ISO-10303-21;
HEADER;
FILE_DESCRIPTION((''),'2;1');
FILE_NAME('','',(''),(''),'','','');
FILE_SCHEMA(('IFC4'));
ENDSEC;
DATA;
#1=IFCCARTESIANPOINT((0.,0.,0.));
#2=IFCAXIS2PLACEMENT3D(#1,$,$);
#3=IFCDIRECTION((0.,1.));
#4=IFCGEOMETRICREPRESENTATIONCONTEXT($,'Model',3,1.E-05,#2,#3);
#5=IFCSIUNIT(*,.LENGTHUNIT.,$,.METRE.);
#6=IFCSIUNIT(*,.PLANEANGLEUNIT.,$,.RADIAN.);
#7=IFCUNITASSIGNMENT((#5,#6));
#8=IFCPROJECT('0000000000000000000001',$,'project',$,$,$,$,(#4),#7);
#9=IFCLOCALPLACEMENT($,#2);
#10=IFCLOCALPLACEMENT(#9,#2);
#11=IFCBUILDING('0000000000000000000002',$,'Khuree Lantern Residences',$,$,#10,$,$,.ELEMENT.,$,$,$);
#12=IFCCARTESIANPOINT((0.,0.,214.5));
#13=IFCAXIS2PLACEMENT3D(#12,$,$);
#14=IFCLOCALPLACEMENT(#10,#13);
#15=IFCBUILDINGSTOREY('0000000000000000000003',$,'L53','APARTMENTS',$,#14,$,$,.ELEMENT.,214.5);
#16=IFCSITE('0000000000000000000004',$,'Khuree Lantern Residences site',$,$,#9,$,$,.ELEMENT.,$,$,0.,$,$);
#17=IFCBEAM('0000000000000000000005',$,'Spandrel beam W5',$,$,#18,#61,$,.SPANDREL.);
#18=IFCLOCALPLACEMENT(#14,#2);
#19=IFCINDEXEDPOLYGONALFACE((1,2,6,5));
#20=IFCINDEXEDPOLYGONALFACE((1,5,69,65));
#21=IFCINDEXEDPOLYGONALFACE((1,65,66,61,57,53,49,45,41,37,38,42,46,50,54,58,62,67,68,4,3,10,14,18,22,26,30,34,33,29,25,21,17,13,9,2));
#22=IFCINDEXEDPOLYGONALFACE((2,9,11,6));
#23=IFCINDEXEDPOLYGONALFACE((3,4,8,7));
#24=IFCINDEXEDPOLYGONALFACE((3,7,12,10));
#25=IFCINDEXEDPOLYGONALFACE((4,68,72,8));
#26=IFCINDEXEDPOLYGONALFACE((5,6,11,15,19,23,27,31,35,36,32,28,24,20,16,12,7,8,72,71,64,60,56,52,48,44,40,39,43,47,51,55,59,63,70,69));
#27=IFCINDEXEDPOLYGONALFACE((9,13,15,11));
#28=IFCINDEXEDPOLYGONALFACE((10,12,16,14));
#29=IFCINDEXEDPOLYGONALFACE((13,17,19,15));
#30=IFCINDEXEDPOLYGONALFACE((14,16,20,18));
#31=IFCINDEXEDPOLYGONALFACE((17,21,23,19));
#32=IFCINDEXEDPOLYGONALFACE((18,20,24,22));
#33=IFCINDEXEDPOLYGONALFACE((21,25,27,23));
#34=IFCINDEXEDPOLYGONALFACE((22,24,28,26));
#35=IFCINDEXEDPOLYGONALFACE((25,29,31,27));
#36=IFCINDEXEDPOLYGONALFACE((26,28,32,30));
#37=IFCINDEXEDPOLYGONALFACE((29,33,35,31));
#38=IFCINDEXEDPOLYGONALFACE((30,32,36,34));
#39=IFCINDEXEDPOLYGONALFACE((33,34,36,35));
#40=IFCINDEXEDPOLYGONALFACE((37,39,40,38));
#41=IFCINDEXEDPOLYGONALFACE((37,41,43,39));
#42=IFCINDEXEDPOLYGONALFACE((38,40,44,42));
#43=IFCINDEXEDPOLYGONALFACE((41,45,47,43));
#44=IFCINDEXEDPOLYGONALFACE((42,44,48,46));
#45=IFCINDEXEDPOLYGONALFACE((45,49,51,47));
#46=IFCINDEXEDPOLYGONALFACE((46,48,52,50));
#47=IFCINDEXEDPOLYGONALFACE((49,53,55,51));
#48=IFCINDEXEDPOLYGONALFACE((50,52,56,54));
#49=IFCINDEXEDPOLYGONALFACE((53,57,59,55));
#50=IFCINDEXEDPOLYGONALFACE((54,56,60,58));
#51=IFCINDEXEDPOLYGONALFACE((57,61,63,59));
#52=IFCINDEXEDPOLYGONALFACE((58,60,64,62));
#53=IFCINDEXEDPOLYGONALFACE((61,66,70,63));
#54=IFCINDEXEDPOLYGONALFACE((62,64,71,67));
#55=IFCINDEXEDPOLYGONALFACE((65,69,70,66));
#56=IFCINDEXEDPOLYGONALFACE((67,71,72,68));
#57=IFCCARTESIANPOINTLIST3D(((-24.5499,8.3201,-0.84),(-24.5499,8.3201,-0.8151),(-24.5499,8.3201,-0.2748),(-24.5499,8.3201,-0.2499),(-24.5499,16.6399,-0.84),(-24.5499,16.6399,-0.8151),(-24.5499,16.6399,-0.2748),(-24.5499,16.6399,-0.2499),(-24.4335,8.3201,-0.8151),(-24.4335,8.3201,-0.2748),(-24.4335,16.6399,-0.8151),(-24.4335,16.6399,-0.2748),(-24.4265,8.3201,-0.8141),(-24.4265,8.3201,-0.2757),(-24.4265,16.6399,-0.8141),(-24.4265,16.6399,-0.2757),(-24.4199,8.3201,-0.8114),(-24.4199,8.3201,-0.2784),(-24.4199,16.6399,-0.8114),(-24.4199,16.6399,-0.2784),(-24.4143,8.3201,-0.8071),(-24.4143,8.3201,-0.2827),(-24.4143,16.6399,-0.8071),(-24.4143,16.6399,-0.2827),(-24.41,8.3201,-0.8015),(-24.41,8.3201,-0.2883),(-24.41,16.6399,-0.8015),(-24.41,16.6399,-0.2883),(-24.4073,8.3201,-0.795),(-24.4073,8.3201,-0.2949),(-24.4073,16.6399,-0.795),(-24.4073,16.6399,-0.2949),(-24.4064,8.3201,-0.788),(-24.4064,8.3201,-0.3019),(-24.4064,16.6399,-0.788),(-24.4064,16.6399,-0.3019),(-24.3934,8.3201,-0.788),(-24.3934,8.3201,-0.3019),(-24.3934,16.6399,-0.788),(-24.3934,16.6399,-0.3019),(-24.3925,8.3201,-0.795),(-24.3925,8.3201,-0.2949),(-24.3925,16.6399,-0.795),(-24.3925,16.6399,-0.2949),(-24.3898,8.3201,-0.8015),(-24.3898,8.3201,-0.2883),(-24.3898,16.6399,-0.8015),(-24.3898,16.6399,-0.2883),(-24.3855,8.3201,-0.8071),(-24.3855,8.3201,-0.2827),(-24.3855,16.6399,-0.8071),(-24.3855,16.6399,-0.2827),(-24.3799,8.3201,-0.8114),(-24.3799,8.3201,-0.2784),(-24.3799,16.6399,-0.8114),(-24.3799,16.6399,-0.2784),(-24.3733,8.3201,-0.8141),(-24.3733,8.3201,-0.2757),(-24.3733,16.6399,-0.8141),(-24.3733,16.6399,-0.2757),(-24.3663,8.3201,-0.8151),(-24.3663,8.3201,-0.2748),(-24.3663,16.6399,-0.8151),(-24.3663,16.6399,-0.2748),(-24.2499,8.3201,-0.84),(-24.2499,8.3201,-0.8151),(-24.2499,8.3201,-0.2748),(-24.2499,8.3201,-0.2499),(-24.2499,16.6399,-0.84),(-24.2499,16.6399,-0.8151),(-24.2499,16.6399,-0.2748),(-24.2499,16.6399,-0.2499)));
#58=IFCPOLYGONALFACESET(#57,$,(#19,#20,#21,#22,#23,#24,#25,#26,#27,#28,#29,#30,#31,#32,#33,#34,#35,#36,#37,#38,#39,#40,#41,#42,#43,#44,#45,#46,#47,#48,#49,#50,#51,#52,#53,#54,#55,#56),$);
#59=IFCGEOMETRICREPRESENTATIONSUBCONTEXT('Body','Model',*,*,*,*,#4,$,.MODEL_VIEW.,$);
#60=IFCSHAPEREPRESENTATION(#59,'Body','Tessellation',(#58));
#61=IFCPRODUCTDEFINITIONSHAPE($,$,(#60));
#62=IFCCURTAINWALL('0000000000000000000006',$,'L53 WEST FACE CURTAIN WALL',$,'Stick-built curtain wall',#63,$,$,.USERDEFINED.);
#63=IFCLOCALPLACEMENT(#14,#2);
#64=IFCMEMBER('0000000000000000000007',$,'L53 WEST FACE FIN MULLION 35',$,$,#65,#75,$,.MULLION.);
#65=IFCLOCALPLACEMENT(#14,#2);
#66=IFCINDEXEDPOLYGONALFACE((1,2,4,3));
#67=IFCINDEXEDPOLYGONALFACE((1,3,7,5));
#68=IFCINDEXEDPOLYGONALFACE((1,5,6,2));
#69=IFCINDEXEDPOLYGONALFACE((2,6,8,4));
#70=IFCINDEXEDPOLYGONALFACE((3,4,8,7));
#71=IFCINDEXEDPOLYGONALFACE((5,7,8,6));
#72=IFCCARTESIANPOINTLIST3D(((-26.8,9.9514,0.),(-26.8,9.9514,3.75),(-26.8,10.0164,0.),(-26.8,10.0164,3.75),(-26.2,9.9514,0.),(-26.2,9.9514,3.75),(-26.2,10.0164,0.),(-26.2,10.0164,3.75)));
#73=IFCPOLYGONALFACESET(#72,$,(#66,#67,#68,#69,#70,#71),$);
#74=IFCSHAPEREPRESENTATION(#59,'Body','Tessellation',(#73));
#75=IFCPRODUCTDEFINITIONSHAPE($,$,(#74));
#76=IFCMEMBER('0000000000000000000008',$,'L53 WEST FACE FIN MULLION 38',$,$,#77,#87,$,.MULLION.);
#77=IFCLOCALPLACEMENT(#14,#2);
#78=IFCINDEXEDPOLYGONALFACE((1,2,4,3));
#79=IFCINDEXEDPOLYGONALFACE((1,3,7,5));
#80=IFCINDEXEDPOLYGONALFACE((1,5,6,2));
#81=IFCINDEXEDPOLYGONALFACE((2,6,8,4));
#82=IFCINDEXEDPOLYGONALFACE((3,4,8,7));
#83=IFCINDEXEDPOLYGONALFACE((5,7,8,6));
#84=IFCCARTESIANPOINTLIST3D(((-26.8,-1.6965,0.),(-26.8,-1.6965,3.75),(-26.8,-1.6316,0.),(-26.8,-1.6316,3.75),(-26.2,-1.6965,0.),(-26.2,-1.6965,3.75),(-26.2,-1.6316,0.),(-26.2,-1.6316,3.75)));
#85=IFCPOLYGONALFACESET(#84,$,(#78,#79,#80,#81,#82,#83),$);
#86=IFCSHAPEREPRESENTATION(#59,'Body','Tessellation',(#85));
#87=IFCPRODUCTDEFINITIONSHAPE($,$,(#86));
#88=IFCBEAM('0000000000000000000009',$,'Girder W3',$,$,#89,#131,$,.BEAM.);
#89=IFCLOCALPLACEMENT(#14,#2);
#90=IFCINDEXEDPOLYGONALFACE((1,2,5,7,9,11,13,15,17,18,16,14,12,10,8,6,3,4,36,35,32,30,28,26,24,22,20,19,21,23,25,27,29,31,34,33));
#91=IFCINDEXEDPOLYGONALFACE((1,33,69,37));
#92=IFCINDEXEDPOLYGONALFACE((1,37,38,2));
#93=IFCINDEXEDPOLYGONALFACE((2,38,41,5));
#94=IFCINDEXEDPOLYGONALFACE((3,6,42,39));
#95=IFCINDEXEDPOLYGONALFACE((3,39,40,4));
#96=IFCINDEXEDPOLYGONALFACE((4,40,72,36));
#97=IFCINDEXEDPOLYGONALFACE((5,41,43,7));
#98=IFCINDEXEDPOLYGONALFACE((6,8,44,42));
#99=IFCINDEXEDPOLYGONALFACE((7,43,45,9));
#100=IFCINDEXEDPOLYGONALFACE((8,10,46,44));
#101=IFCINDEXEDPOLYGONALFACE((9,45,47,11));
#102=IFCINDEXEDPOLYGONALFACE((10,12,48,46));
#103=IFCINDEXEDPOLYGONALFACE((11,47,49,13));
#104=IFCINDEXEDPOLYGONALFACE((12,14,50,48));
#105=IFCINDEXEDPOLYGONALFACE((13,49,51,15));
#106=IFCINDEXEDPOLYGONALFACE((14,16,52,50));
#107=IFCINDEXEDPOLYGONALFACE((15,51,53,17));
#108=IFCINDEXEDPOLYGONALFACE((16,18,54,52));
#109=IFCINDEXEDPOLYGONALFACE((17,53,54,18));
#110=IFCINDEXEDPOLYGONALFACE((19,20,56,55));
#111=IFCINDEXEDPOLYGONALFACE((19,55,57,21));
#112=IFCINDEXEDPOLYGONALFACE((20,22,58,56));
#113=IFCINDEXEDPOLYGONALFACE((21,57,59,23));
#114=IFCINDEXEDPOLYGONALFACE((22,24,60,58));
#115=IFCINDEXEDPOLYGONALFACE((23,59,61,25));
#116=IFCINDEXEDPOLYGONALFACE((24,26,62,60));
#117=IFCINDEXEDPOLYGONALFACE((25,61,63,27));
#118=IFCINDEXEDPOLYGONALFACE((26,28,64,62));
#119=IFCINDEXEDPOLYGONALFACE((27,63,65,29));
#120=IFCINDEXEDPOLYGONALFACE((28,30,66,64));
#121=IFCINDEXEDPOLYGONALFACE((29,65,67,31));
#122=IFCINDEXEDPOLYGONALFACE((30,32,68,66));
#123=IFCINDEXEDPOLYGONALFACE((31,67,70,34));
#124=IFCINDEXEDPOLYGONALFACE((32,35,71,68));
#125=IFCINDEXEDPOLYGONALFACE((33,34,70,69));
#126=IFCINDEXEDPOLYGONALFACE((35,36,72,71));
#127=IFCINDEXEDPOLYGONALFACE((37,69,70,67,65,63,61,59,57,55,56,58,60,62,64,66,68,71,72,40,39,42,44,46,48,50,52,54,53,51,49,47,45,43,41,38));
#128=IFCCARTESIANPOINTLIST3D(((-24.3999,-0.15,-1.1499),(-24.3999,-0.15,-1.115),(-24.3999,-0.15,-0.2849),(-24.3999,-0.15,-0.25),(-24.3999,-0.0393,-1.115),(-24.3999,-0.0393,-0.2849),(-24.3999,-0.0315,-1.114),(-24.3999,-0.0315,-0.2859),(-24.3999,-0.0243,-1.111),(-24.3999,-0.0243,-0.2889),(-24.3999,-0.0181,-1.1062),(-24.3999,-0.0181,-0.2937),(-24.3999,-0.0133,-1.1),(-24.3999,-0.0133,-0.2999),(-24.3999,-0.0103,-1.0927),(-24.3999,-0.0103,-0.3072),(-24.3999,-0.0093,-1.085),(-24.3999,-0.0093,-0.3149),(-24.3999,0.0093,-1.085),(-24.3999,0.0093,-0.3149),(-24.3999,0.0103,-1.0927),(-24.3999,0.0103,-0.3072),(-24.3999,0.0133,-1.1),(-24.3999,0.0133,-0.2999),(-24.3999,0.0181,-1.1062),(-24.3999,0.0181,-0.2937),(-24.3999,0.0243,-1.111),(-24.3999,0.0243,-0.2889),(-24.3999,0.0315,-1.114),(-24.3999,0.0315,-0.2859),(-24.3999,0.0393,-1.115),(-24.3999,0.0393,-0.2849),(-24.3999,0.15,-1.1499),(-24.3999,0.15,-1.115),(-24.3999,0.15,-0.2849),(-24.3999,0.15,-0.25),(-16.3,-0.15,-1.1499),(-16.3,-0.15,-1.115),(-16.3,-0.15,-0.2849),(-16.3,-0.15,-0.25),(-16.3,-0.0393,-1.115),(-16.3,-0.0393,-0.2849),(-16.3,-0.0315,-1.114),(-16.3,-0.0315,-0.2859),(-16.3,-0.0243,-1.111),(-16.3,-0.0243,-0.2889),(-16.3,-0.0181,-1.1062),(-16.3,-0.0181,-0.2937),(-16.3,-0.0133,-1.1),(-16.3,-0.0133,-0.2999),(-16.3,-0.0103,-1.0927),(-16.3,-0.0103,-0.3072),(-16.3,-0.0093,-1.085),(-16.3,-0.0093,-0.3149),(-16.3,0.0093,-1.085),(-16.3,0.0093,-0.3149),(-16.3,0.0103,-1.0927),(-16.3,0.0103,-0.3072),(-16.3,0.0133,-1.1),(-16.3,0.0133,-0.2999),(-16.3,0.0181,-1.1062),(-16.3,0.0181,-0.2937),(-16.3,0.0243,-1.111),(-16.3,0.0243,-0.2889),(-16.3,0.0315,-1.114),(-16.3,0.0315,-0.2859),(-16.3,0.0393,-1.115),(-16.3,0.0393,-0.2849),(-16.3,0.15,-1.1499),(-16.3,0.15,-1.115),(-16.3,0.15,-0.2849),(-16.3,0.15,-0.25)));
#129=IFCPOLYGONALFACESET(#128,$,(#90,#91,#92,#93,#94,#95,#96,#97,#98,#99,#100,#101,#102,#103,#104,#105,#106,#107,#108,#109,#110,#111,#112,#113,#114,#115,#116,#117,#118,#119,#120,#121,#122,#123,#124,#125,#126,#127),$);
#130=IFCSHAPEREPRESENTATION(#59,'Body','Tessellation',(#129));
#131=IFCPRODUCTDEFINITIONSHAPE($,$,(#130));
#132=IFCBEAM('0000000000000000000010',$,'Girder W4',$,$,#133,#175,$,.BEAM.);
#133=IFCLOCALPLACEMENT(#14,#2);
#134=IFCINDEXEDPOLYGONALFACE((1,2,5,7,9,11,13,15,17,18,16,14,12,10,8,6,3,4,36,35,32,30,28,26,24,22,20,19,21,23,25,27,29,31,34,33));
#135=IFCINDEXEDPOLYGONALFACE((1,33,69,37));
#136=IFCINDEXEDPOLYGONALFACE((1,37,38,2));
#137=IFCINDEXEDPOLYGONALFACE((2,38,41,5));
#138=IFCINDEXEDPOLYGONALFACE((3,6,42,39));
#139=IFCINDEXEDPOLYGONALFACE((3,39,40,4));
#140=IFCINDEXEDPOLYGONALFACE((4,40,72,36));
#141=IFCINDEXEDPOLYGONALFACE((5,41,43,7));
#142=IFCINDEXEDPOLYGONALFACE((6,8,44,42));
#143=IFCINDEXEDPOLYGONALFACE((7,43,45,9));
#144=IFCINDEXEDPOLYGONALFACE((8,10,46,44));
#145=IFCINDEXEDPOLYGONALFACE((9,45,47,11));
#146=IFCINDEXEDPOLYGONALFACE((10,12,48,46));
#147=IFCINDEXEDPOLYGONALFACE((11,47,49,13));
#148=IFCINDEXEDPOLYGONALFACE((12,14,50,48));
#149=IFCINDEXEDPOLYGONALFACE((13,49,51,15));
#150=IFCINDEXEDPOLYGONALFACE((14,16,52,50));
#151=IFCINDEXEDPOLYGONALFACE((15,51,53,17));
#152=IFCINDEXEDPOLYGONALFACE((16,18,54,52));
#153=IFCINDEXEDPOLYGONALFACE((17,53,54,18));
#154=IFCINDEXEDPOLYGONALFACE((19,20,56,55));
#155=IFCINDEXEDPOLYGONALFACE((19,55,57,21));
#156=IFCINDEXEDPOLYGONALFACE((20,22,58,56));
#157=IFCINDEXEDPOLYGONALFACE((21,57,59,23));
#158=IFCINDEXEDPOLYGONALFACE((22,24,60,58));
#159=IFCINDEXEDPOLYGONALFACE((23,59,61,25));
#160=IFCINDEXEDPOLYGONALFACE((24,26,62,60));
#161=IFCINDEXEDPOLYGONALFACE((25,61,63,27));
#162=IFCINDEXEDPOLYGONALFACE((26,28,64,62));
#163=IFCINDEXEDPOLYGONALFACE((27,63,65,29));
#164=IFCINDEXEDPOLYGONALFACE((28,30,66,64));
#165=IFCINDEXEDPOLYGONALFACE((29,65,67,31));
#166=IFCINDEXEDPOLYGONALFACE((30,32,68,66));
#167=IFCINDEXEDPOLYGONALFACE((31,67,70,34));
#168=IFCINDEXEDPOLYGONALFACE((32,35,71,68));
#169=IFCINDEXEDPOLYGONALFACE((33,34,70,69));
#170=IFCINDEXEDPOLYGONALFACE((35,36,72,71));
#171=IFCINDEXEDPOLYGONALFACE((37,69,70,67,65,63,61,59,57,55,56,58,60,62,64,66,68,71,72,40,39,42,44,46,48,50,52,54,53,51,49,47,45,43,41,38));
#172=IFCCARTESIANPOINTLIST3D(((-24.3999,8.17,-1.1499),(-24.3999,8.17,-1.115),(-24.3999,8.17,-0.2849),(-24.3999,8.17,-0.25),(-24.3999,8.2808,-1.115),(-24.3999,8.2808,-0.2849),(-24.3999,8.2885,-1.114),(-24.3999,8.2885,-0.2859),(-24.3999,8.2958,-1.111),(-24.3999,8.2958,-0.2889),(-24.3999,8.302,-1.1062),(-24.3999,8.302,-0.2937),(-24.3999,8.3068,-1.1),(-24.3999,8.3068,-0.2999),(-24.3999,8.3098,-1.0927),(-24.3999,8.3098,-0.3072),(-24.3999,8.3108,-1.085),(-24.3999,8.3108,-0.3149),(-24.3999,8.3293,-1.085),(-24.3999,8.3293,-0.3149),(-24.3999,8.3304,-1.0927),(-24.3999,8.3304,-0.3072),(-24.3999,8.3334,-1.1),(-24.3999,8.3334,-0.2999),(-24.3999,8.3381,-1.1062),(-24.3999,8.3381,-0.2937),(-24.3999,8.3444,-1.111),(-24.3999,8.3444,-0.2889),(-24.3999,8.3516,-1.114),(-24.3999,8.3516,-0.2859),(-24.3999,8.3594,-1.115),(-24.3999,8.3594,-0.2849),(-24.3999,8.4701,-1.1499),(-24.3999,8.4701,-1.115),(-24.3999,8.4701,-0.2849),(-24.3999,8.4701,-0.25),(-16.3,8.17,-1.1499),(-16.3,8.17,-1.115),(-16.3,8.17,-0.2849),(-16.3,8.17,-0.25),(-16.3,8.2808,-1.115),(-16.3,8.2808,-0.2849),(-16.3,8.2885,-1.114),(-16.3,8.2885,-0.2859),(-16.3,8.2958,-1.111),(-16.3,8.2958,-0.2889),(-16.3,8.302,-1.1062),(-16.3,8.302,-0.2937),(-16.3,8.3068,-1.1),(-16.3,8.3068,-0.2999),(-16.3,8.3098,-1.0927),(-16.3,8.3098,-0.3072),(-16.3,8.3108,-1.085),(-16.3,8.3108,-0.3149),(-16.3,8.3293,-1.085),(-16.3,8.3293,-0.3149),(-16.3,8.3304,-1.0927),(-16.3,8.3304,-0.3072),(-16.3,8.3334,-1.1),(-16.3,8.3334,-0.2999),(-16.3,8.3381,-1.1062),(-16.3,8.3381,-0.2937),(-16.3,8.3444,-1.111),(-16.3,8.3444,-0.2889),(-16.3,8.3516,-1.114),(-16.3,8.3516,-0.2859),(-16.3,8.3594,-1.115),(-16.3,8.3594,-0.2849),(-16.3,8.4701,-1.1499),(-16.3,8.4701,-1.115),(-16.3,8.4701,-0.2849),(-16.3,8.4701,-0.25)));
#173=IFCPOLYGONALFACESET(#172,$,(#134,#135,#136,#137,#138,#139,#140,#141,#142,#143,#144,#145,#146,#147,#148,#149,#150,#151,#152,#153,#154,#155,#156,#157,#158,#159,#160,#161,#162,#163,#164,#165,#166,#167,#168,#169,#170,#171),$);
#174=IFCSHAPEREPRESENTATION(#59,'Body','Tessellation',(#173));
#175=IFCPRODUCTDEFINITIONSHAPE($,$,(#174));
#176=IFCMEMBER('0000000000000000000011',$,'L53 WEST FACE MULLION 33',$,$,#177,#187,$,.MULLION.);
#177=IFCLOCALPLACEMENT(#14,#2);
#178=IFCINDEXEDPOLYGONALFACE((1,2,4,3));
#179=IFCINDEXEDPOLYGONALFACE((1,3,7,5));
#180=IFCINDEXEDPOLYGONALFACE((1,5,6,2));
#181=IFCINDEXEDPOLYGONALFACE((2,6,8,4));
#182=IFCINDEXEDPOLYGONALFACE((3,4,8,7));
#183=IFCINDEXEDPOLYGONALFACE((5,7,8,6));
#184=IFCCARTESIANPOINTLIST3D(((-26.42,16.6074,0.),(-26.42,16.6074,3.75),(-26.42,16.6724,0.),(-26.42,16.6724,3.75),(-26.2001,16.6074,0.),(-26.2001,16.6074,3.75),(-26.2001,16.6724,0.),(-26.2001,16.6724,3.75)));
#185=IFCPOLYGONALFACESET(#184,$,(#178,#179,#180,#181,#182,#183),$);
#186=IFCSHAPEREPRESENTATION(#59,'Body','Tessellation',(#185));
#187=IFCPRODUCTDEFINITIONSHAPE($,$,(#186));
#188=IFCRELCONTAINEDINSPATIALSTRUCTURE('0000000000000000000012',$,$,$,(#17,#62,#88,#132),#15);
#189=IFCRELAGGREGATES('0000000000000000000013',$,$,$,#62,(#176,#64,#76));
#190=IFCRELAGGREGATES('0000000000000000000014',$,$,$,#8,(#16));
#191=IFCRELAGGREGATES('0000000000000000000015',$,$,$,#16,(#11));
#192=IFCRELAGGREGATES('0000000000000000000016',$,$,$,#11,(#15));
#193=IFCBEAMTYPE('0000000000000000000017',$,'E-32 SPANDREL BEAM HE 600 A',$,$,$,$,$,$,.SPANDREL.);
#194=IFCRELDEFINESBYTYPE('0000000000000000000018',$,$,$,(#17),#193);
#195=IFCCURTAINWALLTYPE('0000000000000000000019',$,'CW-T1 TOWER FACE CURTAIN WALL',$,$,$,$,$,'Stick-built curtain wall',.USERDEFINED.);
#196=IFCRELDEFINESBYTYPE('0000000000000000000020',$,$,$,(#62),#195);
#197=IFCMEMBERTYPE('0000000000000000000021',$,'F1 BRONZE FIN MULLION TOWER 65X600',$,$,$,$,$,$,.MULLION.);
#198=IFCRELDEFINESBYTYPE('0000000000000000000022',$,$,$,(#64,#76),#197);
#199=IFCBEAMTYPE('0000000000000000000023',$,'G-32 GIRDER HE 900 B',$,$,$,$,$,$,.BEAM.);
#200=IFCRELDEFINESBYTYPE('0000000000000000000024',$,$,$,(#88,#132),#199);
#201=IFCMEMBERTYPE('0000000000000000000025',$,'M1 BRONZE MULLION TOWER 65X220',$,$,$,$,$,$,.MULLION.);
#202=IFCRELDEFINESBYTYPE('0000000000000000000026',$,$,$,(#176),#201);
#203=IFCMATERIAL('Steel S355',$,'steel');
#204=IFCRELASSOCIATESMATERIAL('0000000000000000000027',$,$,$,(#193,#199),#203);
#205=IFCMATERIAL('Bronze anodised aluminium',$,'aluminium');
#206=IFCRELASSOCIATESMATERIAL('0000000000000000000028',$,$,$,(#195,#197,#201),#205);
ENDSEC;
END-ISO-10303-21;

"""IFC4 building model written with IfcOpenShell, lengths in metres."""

from ifc_helpers import new_model, si_unit, direction, frame, origin, origin_2d, place, context, subcontext, project, spatial, rectangle, i_section, extrude, material, material_profile, profile_set, type_object, element, aggregate, save


model = new_model("IFC4")

# Units and contexts
model_context = context("Model", 3, precision=1e-05, world=origin(), true_north=direction((0.0, 1.0)))
body_context = subcontext(model_context, "Body", "Model", "MODEL_VIEW")
ifc_project = project(units=[si_unit("LENGTHUNIT", "METRE"), si_unit("PLANEANGLEUNIT", "RADIAN")], contexts=[model_context])

# Site, building, storey
site_placement = place(None, origin())
site = spatial("IfcSite", under=ifc_project, at=site_placement, Name="Khuree Lantern Residences site", CompositionType="ELEMENT", RefElevation=0.0)
building_placement = place(site_placement, origin())
building = spatial("IfcBuilding", under=site, at=building_placement, Name="Khuree Lantern Residences", CompositionType="ELEMENT")
storey_placement = place(building_placement, frame((0.0, 0.0, 214.5)))
storey = spatial("IfcBuildingStorey", under=building, at=storey_placement, Name="L53", Description="APARTMENTS", CompositionType="ELEMENT", Elevation=214.5)

# Beam
ifc_material_1 = material(Name="Steel S355", Category="steel")
ifc_material_profile_1 = material_profile(ifc_material_1, i_section(OverallWidth=0.3, OverallDepth=0.5901, WebThickness=0.0129, FlangeThickness=0.0249, FilletRadius=0.0271, at=origin_2d()), Name="HE 600 A")
ifc_profile_set_1 = profile_set([ifc_material_profile_1], Name="Steel S355")
beam_type_1 = type_object("IfcBeamType", Name="E-32 SPANDREL BEAM HE 600 A", PredefinedType="SPANDREL", material=ifc_profile_set_1)
beam_1_placement = place(storey_placement, frame((-24.3999, 8.3201, -0.5449), z_axis=(0.0, 1.0, 0.0), x_axis=(-1.0, 0.0, 0.0)))
element("IfcBeam", 1, at=beam_1_placement, inside=storey, type_object=beam_type_1, Name="Spandrel beam W5", PredefinedType="SPANDREL", context=body_context, shape_type="SweptSolid", body=[
    extrude(i_section(OverallWidth=0.3, OverallDepth=0.5901, WebThickness=0.0129, FlangeThickness=0.0249, FilletRadius=0.0271, at=origin_2d()), origin(), (0.0, 0.0, 1.0), 8.3198),
])

# Curtain wall, members
ifc_material_2 = material(Name="Bronze anodised aluminium", Category="aluminium")
curtain_wall_type = type_object("IfcCurtainWallType", Name="CW-T1 TOWER FACE CURTAIN WALL", ElementType="Stick-built curtain wall", PredefinedType="USERDEFINED", material=ifc_material_2)
curtain_wall_placement = place(storey_placement, origin())
curtain_wall = element("IfcCurtainWall", 2, at=curtain_wall_placement, inside=storey, type_object=curtain_wall_type, Name="L53 WEST FACE CURTAIN WALL", ObjectType="Stick-built curtain wall", PredefinedType="USERDEFINED")
ifc_material_profile_2 = material_profile(ifc_material_2, rectangle(XDim=0.0649, YDim=0.6001, at=origin_2d()), Name="F1 65X600")
ifc_profile_set_2 = profile_set([ifc_material_profile_2], Name="Bronze anodised aluminium")
member_type_1 = type_object("IfcMemberType", Name="F1 BRONZE FIN MULLION TOWER 65X600", PredefinedType="MULLION", material=ifc_profile_set_2)
member_1_placement = place(storey_placement, frame((-26.5, 9.9839, 0.0), z_axis=(0.0, 0.0, 1.0), x_axis=(0.0, -1.0, 0.0)))
member_1 = element("IfcMember", 3, at=member_1_placement, type_object=member_type_1, Name="L53 WEST FACE FIN MULLION 35", PredefinedType="MULLION", context=body_context, shape_type="SweptSolid", body=[
    extrude(rectangle(XDim=0.0649, YDim=0.6001, at=origin_2d()), origin(), (0.0, 0.0, 1.0), 3.75),
])
member_2_placement = place(storey_placement, frame((-26.5, -1.6641, 0.0), z_axis=(0.0, 0.0, 1.0), x_axis=(0.0, -1.0, 0.0)))
member_2 = element("IfcMember", 4, at=member_2_placement, type_object=member_type_1, Name="L53 WEST FACE FIN MULLION 38", PredefinedType="MULLION", context=body_context, shape_type="SweptSolid", body=[
    extrude(rectangle(XDim=0.0649, YDim=0.6001, at=origin_2d()), origin(), (0.0, 0.0, 1.0), 3.75),
])

# Beams
ifc_material_profile_3 = material_profile(ifc_material_1, i_section(OverallWidth=0.3, OverallDepth=0.8999, WebThickness=0.0186, FlangeThickness=0.0349, FilletRadius=0.03, at=origin_2d()), Name="HE 900 B")
ifc_profile_set_3 = profile_set([ifc_material_profile_3], Name="Steel S355")
beam_type_2 = type_object("IfcBeamType", Name="G-32 GIRDER HE 900 B", PredefinedType="BEAM", material=ifc_profile_set_3)
for number, where, z_axis, x_axis, name in (
    (5, (-24.3999, 0.0, -0.7), (1.0, 0.0, 0.0), (0.0, 1.0, 0.0), "Girder W3"),
    (6, (-24.3999, 8.3201, -0.7), (1.0, 0.0, 0.0), (0.0, 1.0, 0.0), "Girder W4"),
):
    element("IfcBeam", number, at=place(storey_placement, frame(where, z_axis=z_axis, x_axis=x_axis)), inside=storey, type_object=beam_type_2, Name=name, PredefinedType="BEAM", context=body_context, shape_type="SweptSolid", body=[
        extrude(i_section(OverallWidth=0.3, OverallDepth=0.8999, WebThickness=0.0186, FlangeThickness=0.0349, FilletRadius=0.03, at=origin_2d()), origin(), (0.0, 0.0, 1.0), 8.0999),
    ])

# Member
ifc_material_profile_4 = material_profile(ifc_material_2, rectangle(XDim=0.0649, YDim=0.22, at=origin_2d()), Name="M1 65X220")
ifc_profile_set_4 = profile_set([ifc_material_profile_4], Name="Bronze anodised aluminium")
member_type_2 = type_object("IfcMemberType", Name="M1 BRONZE MULLION TOWER 65X220", PredefinedType="MULLION", material=ifc_profile_set_4)
member_3_placement = place(storey_placement, frame((-26.3101, 16.6399, 0.0), z_axis=(0.0, 0.0, 1.0), x_axis=(0.0, -1.0, 0.0)))
member_3 = element("IfcMember", 7, at=member_3_placement, type_object=member_type_2, Name="L53 WEST FACE MULLION 33", PredefinedType="MULLION", context=body_context, shape_type="SweptSolid", body=[
    extrude(rectangle(XDim=0.0649, YDim=0.22, at=origin_2d()), origin(), (0.0, 0.0, 1.0), 3.75),
])

aggregate(curtain_wall, [member_3, member_1, member_2])

save(model, "model.ifc")
